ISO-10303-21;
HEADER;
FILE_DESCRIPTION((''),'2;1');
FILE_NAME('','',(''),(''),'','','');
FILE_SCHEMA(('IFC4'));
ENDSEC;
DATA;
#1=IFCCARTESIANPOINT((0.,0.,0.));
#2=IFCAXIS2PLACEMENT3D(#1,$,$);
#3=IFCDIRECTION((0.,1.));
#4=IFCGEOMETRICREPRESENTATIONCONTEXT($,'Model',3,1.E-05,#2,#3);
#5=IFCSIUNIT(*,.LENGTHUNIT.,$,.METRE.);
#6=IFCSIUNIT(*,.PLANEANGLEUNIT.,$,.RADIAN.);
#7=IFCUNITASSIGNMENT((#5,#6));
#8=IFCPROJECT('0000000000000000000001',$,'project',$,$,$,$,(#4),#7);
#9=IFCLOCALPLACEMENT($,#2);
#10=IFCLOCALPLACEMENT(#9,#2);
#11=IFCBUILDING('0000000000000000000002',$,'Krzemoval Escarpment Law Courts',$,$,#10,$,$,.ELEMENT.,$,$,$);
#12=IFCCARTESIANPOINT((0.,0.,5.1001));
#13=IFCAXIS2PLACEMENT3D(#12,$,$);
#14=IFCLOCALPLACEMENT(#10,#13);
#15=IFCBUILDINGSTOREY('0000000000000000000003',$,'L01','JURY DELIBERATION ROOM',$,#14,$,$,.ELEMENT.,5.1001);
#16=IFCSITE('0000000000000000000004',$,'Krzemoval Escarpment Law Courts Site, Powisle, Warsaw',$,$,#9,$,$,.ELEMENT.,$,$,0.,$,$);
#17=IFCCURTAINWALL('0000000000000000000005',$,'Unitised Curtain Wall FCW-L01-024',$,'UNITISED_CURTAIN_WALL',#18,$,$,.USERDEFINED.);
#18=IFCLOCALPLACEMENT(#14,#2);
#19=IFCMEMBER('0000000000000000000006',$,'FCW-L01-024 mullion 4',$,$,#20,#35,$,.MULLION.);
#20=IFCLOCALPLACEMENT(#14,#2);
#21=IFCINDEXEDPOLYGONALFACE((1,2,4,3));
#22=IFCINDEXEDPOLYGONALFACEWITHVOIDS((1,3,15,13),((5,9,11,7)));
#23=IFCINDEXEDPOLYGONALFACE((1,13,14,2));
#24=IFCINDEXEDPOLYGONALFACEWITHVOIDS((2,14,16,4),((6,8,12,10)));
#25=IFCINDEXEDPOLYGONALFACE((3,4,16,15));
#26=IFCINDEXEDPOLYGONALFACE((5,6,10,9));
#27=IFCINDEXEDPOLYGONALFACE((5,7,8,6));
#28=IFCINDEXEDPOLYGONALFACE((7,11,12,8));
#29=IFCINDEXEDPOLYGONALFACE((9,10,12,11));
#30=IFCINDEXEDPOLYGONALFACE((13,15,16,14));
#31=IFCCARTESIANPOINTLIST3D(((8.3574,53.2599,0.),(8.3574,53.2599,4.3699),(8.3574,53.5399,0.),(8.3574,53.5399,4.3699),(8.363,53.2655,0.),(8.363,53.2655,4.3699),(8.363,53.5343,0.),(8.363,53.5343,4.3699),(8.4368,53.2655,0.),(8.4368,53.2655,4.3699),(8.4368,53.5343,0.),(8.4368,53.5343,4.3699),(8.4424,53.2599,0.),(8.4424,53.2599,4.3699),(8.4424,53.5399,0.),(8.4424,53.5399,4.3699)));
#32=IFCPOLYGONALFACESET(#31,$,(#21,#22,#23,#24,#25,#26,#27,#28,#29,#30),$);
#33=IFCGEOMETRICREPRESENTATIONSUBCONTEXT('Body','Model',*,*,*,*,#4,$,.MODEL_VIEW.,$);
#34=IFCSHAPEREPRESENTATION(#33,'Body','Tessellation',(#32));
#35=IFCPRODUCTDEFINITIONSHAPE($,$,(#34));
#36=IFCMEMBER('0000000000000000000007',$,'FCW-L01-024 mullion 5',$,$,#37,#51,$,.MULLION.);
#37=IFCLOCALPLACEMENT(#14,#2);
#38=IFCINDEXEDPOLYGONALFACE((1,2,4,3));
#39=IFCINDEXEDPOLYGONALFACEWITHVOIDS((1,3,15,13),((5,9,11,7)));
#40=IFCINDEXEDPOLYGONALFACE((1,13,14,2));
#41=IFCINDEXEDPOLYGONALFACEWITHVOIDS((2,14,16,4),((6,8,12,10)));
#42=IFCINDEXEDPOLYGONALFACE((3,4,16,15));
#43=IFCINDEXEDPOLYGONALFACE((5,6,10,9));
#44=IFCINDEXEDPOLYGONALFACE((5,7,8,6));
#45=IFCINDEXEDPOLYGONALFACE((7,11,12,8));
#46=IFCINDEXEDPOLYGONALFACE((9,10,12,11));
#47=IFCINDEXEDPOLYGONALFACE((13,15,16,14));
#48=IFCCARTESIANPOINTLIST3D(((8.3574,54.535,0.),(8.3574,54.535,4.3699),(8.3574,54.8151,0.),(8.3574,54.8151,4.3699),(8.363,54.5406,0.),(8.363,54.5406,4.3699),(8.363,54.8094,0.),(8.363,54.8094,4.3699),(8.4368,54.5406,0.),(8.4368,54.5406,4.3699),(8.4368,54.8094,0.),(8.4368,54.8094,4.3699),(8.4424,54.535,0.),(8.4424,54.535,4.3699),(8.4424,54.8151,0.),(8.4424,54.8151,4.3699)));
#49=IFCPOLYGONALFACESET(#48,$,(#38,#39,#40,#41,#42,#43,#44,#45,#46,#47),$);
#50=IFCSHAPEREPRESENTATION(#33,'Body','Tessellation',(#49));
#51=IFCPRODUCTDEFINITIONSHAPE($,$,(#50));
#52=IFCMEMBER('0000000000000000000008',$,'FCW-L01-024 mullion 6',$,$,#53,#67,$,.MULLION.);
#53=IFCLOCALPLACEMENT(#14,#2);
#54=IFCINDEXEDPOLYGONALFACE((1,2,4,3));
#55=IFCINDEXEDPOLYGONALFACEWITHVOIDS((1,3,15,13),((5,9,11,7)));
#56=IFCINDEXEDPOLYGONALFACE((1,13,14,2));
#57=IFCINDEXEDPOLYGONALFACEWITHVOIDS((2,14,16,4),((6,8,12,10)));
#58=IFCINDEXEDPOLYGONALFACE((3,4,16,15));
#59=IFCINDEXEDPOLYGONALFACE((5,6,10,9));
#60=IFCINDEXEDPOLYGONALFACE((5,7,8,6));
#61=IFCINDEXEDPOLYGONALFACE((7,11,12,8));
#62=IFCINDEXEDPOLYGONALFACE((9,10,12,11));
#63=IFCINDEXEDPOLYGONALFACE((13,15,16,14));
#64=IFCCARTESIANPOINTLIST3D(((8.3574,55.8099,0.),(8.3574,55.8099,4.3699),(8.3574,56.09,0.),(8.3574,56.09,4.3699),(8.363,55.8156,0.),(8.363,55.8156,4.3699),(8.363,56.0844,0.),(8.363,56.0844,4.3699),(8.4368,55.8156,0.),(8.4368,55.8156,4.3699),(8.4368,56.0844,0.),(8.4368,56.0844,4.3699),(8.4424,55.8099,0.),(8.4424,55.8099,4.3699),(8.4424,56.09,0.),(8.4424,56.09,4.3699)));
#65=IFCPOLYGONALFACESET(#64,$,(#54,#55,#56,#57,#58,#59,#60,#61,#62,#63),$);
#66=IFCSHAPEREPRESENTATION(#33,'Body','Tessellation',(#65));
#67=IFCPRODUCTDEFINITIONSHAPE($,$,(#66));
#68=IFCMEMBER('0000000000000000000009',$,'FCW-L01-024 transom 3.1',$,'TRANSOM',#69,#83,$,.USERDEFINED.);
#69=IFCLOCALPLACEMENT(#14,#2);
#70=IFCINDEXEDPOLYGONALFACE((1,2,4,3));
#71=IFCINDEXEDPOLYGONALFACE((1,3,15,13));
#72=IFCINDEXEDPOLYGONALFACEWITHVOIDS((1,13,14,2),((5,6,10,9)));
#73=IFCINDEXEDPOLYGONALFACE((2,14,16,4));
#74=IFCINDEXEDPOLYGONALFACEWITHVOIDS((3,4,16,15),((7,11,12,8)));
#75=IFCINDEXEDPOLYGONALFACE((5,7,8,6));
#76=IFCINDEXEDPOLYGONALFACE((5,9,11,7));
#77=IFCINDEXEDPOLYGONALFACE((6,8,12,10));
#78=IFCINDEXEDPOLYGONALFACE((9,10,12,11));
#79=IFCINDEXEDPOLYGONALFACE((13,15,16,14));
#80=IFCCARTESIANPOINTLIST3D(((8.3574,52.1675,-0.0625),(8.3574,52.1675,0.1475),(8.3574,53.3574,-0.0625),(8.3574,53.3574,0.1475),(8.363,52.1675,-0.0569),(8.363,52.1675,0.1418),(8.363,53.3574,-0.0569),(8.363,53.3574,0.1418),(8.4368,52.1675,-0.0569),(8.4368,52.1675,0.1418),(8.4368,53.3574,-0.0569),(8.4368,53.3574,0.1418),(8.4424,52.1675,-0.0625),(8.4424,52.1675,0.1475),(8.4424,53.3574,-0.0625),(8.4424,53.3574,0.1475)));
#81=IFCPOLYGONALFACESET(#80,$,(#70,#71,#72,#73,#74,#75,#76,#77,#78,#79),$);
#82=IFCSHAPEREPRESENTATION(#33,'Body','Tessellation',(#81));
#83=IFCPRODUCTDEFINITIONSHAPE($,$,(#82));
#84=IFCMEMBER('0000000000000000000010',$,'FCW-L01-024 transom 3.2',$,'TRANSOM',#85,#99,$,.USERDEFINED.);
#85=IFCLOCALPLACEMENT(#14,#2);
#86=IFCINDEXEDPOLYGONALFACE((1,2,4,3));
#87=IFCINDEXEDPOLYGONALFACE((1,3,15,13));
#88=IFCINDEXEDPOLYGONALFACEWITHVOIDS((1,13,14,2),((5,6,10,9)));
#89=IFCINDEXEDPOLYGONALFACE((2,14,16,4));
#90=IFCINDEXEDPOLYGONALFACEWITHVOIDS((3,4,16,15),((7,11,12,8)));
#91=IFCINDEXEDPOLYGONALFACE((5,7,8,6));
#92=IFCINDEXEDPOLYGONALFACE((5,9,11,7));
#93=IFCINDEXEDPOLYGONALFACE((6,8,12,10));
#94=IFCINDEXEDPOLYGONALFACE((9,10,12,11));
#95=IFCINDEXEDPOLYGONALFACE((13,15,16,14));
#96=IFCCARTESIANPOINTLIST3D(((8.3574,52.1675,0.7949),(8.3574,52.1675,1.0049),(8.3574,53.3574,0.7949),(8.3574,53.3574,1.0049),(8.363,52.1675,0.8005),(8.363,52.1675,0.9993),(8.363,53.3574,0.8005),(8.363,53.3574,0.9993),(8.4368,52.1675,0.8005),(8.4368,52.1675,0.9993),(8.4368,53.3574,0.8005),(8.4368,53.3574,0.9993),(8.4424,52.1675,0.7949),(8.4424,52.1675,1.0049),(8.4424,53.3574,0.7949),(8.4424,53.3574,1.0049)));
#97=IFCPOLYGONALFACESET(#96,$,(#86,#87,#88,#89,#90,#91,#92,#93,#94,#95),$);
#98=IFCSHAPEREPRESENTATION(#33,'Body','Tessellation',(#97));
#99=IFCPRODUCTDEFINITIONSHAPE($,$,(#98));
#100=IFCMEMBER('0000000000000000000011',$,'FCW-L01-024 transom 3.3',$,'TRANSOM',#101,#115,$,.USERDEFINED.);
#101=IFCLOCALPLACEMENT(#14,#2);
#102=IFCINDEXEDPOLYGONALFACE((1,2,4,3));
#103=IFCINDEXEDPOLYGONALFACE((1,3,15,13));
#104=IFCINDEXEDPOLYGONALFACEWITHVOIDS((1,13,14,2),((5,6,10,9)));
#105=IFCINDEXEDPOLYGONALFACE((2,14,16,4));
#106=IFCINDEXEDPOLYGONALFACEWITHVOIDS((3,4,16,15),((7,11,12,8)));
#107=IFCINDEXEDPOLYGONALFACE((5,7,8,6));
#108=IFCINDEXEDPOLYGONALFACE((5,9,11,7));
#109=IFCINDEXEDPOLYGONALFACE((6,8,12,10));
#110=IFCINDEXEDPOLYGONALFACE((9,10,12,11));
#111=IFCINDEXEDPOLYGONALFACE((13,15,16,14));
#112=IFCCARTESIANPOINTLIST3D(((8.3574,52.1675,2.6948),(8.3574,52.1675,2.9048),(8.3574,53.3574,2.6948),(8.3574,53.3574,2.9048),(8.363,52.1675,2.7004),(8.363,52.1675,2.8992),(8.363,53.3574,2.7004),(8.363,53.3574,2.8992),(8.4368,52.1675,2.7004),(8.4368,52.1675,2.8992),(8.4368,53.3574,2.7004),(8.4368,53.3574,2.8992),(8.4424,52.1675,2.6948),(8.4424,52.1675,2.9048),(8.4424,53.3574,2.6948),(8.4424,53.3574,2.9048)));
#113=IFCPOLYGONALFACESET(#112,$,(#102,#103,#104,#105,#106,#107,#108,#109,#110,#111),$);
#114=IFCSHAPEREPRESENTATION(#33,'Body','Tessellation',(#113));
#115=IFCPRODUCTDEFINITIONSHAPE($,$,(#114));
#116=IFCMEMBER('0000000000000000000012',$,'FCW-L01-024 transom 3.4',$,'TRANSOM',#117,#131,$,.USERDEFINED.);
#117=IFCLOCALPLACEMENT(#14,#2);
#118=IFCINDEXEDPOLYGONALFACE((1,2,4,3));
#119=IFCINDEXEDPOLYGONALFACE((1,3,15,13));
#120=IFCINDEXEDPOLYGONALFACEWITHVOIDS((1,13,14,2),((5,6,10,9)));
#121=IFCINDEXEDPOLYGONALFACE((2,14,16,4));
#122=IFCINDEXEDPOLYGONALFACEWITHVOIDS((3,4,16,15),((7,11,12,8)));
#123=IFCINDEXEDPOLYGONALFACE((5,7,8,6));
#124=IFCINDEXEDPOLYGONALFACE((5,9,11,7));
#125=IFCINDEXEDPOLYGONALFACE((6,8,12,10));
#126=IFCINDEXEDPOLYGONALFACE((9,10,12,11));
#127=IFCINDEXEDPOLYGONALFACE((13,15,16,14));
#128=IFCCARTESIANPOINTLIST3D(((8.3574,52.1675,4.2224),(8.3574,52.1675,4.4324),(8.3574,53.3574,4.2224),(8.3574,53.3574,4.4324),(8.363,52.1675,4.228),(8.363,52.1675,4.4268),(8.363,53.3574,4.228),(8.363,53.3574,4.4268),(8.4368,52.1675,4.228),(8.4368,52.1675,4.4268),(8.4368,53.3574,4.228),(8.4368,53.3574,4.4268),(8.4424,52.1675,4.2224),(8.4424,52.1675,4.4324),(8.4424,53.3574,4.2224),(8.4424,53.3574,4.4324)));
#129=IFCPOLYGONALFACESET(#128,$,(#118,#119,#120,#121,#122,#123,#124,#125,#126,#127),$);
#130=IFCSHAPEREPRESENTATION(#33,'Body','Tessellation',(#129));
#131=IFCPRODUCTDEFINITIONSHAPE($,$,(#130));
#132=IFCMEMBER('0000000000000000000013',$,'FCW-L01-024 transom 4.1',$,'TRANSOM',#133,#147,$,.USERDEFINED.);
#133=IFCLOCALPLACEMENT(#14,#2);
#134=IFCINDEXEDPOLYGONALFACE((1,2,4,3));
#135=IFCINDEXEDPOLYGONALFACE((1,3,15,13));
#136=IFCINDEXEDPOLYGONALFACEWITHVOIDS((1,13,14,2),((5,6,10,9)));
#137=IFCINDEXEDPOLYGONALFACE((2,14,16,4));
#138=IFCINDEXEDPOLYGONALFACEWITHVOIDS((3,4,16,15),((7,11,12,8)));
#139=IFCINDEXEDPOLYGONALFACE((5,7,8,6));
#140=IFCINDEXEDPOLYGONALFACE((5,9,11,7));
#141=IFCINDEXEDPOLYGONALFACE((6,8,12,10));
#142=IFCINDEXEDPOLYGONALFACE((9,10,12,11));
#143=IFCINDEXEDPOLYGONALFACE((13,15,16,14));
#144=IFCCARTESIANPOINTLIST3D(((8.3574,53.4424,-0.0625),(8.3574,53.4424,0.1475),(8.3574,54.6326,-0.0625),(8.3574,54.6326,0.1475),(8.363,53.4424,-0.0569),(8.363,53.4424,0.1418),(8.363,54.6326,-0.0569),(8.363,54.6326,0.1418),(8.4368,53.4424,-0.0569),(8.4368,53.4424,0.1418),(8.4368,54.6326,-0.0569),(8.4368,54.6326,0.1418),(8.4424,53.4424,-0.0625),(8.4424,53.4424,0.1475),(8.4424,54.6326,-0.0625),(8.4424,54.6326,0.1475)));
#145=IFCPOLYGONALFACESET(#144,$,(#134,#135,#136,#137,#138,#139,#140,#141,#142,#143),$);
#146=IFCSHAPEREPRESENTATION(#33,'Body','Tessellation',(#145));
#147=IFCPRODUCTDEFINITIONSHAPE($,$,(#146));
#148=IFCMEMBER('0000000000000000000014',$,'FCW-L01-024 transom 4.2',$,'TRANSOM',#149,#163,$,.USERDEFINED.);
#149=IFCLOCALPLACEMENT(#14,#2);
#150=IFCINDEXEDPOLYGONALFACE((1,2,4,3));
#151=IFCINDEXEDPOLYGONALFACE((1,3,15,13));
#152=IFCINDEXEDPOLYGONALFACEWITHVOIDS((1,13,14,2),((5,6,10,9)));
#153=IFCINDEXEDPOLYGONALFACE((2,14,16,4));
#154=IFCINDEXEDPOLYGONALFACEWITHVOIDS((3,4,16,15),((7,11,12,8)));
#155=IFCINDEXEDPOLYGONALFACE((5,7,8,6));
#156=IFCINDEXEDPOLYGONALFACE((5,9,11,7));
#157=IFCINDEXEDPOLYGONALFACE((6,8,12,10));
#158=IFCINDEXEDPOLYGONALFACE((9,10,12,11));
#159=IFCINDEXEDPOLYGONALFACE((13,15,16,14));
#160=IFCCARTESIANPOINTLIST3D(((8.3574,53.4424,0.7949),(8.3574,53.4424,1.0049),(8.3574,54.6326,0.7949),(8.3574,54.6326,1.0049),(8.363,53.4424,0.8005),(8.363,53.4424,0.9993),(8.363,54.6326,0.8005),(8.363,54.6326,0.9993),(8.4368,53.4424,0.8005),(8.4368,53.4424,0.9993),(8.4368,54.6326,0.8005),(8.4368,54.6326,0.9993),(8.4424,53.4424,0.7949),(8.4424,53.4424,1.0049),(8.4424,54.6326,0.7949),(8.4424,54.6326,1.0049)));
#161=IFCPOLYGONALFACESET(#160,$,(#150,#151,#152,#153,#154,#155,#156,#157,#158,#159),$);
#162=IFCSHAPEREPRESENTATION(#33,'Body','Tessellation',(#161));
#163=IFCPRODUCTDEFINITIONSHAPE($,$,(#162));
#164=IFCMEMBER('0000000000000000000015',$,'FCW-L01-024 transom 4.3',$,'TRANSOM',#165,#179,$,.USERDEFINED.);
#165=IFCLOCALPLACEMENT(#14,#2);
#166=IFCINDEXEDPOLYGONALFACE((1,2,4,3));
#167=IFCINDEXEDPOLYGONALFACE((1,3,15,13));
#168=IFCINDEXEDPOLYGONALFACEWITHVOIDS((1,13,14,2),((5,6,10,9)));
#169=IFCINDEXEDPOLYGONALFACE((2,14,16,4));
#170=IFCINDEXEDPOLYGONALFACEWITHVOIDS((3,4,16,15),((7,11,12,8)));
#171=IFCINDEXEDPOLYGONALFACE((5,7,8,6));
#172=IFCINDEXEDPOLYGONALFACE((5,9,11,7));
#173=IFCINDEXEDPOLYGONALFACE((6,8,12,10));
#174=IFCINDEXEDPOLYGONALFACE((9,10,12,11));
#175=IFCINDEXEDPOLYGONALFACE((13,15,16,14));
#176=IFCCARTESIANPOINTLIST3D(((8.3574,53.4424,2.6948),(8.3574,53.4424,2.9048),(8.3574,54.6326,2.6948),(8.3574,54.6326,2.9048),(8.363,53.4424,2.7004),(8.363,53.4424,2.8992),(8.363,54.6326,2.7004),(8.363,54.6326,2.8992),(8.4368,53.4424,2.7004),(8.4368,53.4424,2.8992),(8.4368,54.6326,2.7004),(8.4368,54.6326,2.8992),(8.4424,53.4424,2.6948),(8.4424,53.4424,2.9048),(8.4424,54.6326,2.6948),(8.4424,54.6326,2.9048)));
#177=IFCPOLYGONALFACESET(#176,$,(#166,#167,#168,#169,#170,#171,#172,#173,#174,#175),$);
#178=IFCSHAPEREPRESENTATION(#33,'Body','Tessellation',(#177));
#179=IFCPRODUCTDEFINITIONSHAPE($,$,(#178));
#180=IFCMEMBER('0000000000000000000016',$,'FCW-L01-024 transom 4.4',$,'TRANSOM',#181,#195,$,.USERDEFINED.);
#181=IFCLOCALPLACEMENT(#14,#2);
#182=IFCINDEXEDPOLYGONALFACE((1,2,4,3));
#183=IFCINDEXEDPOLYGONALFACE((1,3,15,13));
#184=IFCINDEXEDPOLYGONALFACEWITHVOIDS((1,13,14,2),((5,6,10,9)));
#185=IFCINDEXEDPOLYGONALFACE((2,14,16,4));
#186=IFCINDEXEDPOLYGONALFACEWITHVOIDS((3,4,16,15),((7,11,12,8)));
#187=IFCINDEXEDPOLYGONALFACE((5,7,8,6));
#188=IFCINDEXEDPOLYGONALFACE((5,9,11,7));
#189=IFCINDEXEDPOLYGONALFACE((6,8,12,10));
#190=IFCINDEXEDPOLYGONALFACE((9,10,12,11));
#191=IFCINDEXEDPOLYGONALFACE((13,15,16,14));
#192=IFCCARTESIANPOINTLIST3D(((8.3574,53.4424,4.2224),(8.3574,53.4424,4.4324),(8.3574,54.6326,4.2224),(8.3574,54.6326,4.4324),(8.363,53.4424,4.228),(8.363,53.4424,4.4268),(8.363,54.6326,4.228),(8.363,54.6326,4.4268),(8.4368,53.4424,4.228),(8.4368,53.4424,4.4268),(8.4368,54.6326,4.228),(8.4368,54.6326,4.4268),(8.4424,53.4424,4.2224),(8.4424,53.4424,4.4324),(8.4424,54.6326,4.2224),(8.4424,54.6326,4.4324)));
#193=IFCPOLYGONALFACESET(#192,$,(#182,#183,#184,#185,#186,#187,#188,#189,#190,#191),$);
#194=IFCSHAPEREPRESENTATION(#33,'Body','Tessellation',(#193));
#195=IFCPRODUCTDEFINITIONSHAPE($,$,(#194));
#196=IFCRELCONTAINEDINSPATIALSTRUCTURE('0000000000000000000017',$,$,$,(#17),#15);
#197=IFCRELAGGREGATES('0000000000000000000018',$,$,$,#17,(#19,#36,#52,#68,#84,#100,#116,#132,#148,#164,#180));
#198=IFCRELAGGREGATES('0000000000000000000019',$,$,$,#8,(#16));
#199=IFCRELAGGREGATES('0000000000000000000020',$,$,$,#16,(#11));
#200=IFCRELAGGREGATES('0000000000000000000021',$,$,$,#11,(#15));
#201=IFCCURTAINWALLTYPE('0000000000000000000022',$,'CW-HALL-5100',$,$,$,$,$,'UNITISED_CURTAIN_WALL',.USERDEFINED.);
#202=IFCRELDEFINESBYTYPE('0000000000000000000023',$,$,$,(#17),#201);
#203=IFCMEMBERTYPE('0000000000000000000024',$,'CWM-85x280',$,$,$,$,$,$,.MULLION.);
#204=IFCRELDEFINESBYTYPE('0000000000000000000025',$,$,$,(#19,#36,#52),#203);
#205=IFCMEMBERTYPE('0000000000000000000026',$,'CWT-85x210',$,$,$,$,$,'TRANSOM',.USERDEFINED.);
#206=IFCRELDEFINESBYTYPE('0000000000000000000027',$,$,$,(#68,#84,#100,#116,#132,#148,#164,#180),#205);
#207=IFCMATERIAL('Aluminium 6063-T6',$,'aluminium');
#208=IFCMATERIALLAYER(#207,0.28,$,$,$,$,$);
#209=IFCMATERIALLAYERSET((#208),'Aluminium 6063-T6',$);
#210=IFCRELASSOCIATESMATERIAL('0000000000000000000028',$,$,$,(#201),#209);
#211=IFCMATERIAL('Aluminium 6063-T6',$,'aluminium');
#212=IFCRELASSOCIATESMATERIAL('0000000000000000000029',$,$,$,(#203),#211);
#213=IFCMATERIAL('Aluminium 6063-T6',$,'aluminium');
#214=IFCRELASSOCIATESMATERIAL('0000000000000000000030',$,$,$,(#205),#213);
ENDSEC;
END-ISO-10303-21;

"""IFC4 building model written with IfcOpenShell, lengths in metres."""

from ifc_helpers import new_model, si_unit, direction, frame, origin, origin_2d, place, context, subcontext, project, spatial, hollow_rectangle, extrude, material, layer, layer_set, material_profile, profile_set, type_object, element, aggregate, save


model = new_model("IFC4")

# Units and contexts
model_context = context("Model", 3, precision=1e-05, world=origin(), true_north=direction((0.0, 1.0)))
body_context = subcontext(model_context, "Body", "Model", "MODEL_VIEW")
ifc_project = project(units=[si_unit("LENGTHUNIT", "METRE"), si_unit("PLANEANGLEUNIT", "RADIAN")], contexts=[model_context])

# Site, building, storey
site_placement = place(None, origin())
site = spatial("IfcSite", under=ifc_project, at=site_placement, Name="Krzemoval Escarpment Law Courts Site, Powisle, Warsaw", CompositionType="ELEMENT", RefElevation=0.0)
building_placement = place(site_placement, origin())
building = spatial("IfcBuilding", under=site, at=building_placement, Name="Krzemoval Escarpment Law Courts", CompositionType="ELEMENT")
storey_placement = place(building_placement, frame((0.0, 0.0, 5.1001)))
storey = spatial("IfcBuildingStorey", under=building, at=storey_placement, Name="L01", Description="JURY DELIBERATION ROOM", CompositionType="ELEMENT", Elevation=5.1001)

# Curtain wall, members
ifc_material_1 = material(Name="Aluminium 6063-T6", Category="aluminium")
ifc_layer_1 = layer(ifc_material_1, 0.28)
ifc_layer_set_1 = layer_set([ifc_layer_1], Name="Aluminium 6063-T6")
curtain_wall_type = type_object("IfcCurtainWallType", Name="CW-HALL-5100", ElementType="UNITISED_CURTAIN_WALL", PredefinedType="USERDEFINED", material=ifc_layer_set_1)
curtain_wall_placement = place(storey_placement, origin())
curtain_wall = element("IfcCurtainWall", 1, at=curtain_wall_placement, inside=storey, type_object=curtain_wall_type, Name="Unitised Curtain Wall FCW-L01-024", ObjectType="UNITISED_CURTAIN_WALL", PredefinedType="USERDEFINED")
ifc_material_2 = material(Name="Aluminium 6063-T6", Category="aluminium")
ifc_material_profile_1 = material_profile(ifc_material_2, hollow_rectangle(XDim=0.085, YDim=0.28, WallThickness=0.0056, at=origin_2d()), Name="ALU M85x280")
ifc_profile_set_1 = profile_set([ifc_material_profile_1], Name="Aluminium 6063-T6")
member_type_1 = type_object("IfcMemberType", Name="CWM-85x280", PredefinedType="MULLION", material=ifc_profile_set_1)
member_1_placement = place(storey_placement, frame((8.3999, 53.3999, 0.0), z_axis=(0.0, 0.0, 1.0), x_axis=(-1.0, 0.0, 0.0)))
member_1 = element("IfcMember", 2, at=member_1_placement, type_object=member_type_1, Name="FCW-L01-024 mullion 4", PredefinedType="MULLION", context=body_context, shape_type="SweptSolid", body=[
    extrude(hollow_rectangle(XDim=0.085, YDim=0.28, WallThickness=0.0056, at=origin_2d()), origin(), (0.0, 0.0, 1.0), 4.3699),
])
member_2_placement = place(storey_placement, frame((8.3999, 54.675, 0.0), z_axis=(0.0, 0.0, 1.0), x_axis=(-1.0, 0.0, 0.0)))
member_2 = element("IfcMember", 3, at=member_2_placement, type_object=member_type_1, Name="FCW-L01-024 mullion 5", PredefinedType="MULLION", context=body_context, shape_type="SweptSolid", body=[
    extrude(hollow_rectangle(XDim=0.085, YDim=0.28, WallThickness=0.0056, at=origin_2d()), origin(), (0.0, 0.0, 1.0), 4.3699),
])
member_3_placement = place(storey_placement, frame((8.3999, 55.95, 0.0), z_axis=(0.0, 0.0, 1.0), x_axis=(-1.0, 0.0, 0.0)))
member_3 = element("IfcMember", 4, at=member_3_placement, type_object=member_type_1, Name="FCW-L01-024 mullion 6", PredefinedType="MULLION", context=body_context, shape_type="SweptSolid", body=[
    extrude(hollow_rectangle(XDim=0.085, YDim=0.28, WallThickness=0.0056, at=origin_2d()), origin(), (0.0, 0.0, 1.0), 4.3699),
])
ifc_material_3 = material(Name="Aluminium 6063-T6", Category="aluminium")
ifc_material_profile_2 = material_profile(ifc_material_3, hollow_rectangle(XDim=0.085, YDim=0.21, WallThickness=0.0056, at=origin_2d()), Name="ALU T85x210")
ifc_profile_set_2 = profile_set([ifc_material_profile_2], Name="Aluminium 6063-T6")
member_type_2 = type_object("IfcMemberType", Name="CWT-85x210", ElementType="TRANSOM", PredefinedType="USERDEFINED", material=ifc_profile_set_2)
member_4_placement = place(storey_placement, frame((8.3999, 52.1675, 0.0425), z_axis=(0.0, 1.0, 0.0), x_axis=(-1.0, 0.0, 0.0)))
member_4 = element("IfcMember", 5, at=member_4_placement, type_object=member_type_2, Name="FCW-L01-024 transom 3.1", ObjectType="TRANSOM", PredefinedType="USERDEFINED", context=body_context, shape_type="SweptSolid", body=[
    extrude(hollow_rectangle(XDim=0.085, YDim=0.21, WallThickness=0.0056, at=origin_2d()), origin(), (0.0, 0.0, 1.0), 1.1899),
])
member_5_placement = place(storey_placement, frame((8.3999, 52.1675, 0.8999), z_axis=(0.0, 1.0, 0.0), x_axis=(-1.0, 0.0, 0.0)))
member_5 = element("IfcMember", 6, at=member_5_placement, type_object=member_type_2, Name="FCW-L01-024 transom 3.2", ObjectType="TRANSOM", PredefinedType="USERDEFINED", context=body_context, shape_type="SweptSolid", body=[
    extrude(hollow_rectangle(XDim=0.085, YDim=0.21, WallThickness=0.0056, at=origin_2d()), origin(), (0.0, 0.0, 1.0), 1.1899),
])
member_6_placement = place(storey_placement, frame((8.3999, 52.1675, 2.7998), z_axis=(0.0, 1.0, 0.0), x_axis=(-1.0, 0.0, 0.0)))
member_6 = element("IfcMember", 7, at=member_6_placement, type_object=member_type_2, Name="FCW-L01-024 transom 3.3", ObjectType="TRANSOM", PredefinedType="USERDEFINED", context=body_context, shape_type="SweptSolid", body=[
    extrude(hollow_rectangle(XDim=0.085, YDim=0.21, WallThickness=0.0056, at=origin_2d()), origin(), (0.0, 0.0, 1.0), 1.1899),
])
member_7_placement = place(storey_placement, frame((8.3999, 52.1675, 4.3274), z_axis=(0.0, 1.0, 0.0), x_axis=(-1.0, 0.0, 0.0)))
member_7 = element("IfcMember", 8, at=member_7_placement, type_object=member_type_2, Name="FCW-L01-024 transom 3.4", ObjectType="TRANSOM", PredefinedType="USERDEFINED", context=body_context, shape_type="SweptSolid", body=[
    extrude(hollow_rectangle(XDim=0.085, YDim=0.21, WallThickness=0.0056, at=origin_2d()), origin(), (0.0, 0.0, 1.0), 1.1899),
])
member_8_placement = place(storey_placement, frame((8.3999, 53.4424, 0.0425), z_axis=(0.0, 1.0, 0.0), x_axis=(-1.0, 0.0, 0.0)))
member_8 = element("IfcMember", 9, at=member_8_placement, type_object=member_type_2, Name="FCW-L01-024 transom 4.1", ObjectType="TRANSOM", PredefinedType="USERDEFINED", context=body_context, shape_type="SweptSolid", body=[
    extrude(hollow_rectangle(XDim=0.085, YDim=0.21, WallThickness=0.0056, at=origin_2d()), origin(), (0.0, 0.0, 1.0), 1.1902),
])
member_9_placement = place(storey_placement, frame((8.3999, 53.4424, 0.8999), z_axis=(0.0, 1.0, 0.0), x_axis=(-1.0, 0.0, 0.0)))
member_9 = element("IfcMember", 10, at=member_9_placement, type_object=member_type_2, Name="FCW-L01-024 transom 4.2", ObjectType="TRANSOM", PredefinedType="USERDEFINED", context=body_context, shape_type="SweptSolid", body=[
    extrude(hollow_rectangle(XDim=0.085, YDim=0.21, WallThickness=0.0056, at=origin_2d()), origin(), (0.0, 0.0, 1.0), 1.1902),
])
member_10_placement = place(storey_placement, frame((8.3999, 53.4424, 2.7998), z_axis=(0.0, 1.0, 0.0), x_axis=(-1.0, 0.0, 0.0)))
member_10 = element("IfcMember", 11, at=member_10_placement, type_object=member_type_2, Name="FCW-L01-024 transom 4.3", ObjectType="TRANSOM", PredefinedType="USERDEFINED", context=body_context, shape_type="SweptSolid", body=[
    extrude(hollow_rectangle(XDim=0.085, YDim=0.21, WallThickness=0.0056, at=origin_2d()), origin(), (0.0, 0.0, 1.0), 1.1902),
])
member_11_placement = place(storey_placement, frame((8.3999, 53.4424, 4.3274), z_axis=(0.0, 1.0, 0.0), x_axis=(-1.0, 0.0, 0.0)))
member_11 = element("IfcMember", 12, at=member_11_placement, type_object=member_type_2, Name="FCW-L01-024 transom 4.4", ObjectType="TRANSOM", PredefinedType="USERDEFINED", context=body_context, shape_type="SweptSolid", body=[
    extrude(hollow_rectangle(XDim=0.085, YDim=0.21, WallThickness=0.0056, at=origin_2d()), origin(), (0.0, 0.0, 1.0), 1.1902),
])
aggregate(curtain_wall, [member_1, member_2, member_3, member_4, member_5, member_6, member_7, member_8, member_9, member_10, member_11])

save(model, "model.ifc")
